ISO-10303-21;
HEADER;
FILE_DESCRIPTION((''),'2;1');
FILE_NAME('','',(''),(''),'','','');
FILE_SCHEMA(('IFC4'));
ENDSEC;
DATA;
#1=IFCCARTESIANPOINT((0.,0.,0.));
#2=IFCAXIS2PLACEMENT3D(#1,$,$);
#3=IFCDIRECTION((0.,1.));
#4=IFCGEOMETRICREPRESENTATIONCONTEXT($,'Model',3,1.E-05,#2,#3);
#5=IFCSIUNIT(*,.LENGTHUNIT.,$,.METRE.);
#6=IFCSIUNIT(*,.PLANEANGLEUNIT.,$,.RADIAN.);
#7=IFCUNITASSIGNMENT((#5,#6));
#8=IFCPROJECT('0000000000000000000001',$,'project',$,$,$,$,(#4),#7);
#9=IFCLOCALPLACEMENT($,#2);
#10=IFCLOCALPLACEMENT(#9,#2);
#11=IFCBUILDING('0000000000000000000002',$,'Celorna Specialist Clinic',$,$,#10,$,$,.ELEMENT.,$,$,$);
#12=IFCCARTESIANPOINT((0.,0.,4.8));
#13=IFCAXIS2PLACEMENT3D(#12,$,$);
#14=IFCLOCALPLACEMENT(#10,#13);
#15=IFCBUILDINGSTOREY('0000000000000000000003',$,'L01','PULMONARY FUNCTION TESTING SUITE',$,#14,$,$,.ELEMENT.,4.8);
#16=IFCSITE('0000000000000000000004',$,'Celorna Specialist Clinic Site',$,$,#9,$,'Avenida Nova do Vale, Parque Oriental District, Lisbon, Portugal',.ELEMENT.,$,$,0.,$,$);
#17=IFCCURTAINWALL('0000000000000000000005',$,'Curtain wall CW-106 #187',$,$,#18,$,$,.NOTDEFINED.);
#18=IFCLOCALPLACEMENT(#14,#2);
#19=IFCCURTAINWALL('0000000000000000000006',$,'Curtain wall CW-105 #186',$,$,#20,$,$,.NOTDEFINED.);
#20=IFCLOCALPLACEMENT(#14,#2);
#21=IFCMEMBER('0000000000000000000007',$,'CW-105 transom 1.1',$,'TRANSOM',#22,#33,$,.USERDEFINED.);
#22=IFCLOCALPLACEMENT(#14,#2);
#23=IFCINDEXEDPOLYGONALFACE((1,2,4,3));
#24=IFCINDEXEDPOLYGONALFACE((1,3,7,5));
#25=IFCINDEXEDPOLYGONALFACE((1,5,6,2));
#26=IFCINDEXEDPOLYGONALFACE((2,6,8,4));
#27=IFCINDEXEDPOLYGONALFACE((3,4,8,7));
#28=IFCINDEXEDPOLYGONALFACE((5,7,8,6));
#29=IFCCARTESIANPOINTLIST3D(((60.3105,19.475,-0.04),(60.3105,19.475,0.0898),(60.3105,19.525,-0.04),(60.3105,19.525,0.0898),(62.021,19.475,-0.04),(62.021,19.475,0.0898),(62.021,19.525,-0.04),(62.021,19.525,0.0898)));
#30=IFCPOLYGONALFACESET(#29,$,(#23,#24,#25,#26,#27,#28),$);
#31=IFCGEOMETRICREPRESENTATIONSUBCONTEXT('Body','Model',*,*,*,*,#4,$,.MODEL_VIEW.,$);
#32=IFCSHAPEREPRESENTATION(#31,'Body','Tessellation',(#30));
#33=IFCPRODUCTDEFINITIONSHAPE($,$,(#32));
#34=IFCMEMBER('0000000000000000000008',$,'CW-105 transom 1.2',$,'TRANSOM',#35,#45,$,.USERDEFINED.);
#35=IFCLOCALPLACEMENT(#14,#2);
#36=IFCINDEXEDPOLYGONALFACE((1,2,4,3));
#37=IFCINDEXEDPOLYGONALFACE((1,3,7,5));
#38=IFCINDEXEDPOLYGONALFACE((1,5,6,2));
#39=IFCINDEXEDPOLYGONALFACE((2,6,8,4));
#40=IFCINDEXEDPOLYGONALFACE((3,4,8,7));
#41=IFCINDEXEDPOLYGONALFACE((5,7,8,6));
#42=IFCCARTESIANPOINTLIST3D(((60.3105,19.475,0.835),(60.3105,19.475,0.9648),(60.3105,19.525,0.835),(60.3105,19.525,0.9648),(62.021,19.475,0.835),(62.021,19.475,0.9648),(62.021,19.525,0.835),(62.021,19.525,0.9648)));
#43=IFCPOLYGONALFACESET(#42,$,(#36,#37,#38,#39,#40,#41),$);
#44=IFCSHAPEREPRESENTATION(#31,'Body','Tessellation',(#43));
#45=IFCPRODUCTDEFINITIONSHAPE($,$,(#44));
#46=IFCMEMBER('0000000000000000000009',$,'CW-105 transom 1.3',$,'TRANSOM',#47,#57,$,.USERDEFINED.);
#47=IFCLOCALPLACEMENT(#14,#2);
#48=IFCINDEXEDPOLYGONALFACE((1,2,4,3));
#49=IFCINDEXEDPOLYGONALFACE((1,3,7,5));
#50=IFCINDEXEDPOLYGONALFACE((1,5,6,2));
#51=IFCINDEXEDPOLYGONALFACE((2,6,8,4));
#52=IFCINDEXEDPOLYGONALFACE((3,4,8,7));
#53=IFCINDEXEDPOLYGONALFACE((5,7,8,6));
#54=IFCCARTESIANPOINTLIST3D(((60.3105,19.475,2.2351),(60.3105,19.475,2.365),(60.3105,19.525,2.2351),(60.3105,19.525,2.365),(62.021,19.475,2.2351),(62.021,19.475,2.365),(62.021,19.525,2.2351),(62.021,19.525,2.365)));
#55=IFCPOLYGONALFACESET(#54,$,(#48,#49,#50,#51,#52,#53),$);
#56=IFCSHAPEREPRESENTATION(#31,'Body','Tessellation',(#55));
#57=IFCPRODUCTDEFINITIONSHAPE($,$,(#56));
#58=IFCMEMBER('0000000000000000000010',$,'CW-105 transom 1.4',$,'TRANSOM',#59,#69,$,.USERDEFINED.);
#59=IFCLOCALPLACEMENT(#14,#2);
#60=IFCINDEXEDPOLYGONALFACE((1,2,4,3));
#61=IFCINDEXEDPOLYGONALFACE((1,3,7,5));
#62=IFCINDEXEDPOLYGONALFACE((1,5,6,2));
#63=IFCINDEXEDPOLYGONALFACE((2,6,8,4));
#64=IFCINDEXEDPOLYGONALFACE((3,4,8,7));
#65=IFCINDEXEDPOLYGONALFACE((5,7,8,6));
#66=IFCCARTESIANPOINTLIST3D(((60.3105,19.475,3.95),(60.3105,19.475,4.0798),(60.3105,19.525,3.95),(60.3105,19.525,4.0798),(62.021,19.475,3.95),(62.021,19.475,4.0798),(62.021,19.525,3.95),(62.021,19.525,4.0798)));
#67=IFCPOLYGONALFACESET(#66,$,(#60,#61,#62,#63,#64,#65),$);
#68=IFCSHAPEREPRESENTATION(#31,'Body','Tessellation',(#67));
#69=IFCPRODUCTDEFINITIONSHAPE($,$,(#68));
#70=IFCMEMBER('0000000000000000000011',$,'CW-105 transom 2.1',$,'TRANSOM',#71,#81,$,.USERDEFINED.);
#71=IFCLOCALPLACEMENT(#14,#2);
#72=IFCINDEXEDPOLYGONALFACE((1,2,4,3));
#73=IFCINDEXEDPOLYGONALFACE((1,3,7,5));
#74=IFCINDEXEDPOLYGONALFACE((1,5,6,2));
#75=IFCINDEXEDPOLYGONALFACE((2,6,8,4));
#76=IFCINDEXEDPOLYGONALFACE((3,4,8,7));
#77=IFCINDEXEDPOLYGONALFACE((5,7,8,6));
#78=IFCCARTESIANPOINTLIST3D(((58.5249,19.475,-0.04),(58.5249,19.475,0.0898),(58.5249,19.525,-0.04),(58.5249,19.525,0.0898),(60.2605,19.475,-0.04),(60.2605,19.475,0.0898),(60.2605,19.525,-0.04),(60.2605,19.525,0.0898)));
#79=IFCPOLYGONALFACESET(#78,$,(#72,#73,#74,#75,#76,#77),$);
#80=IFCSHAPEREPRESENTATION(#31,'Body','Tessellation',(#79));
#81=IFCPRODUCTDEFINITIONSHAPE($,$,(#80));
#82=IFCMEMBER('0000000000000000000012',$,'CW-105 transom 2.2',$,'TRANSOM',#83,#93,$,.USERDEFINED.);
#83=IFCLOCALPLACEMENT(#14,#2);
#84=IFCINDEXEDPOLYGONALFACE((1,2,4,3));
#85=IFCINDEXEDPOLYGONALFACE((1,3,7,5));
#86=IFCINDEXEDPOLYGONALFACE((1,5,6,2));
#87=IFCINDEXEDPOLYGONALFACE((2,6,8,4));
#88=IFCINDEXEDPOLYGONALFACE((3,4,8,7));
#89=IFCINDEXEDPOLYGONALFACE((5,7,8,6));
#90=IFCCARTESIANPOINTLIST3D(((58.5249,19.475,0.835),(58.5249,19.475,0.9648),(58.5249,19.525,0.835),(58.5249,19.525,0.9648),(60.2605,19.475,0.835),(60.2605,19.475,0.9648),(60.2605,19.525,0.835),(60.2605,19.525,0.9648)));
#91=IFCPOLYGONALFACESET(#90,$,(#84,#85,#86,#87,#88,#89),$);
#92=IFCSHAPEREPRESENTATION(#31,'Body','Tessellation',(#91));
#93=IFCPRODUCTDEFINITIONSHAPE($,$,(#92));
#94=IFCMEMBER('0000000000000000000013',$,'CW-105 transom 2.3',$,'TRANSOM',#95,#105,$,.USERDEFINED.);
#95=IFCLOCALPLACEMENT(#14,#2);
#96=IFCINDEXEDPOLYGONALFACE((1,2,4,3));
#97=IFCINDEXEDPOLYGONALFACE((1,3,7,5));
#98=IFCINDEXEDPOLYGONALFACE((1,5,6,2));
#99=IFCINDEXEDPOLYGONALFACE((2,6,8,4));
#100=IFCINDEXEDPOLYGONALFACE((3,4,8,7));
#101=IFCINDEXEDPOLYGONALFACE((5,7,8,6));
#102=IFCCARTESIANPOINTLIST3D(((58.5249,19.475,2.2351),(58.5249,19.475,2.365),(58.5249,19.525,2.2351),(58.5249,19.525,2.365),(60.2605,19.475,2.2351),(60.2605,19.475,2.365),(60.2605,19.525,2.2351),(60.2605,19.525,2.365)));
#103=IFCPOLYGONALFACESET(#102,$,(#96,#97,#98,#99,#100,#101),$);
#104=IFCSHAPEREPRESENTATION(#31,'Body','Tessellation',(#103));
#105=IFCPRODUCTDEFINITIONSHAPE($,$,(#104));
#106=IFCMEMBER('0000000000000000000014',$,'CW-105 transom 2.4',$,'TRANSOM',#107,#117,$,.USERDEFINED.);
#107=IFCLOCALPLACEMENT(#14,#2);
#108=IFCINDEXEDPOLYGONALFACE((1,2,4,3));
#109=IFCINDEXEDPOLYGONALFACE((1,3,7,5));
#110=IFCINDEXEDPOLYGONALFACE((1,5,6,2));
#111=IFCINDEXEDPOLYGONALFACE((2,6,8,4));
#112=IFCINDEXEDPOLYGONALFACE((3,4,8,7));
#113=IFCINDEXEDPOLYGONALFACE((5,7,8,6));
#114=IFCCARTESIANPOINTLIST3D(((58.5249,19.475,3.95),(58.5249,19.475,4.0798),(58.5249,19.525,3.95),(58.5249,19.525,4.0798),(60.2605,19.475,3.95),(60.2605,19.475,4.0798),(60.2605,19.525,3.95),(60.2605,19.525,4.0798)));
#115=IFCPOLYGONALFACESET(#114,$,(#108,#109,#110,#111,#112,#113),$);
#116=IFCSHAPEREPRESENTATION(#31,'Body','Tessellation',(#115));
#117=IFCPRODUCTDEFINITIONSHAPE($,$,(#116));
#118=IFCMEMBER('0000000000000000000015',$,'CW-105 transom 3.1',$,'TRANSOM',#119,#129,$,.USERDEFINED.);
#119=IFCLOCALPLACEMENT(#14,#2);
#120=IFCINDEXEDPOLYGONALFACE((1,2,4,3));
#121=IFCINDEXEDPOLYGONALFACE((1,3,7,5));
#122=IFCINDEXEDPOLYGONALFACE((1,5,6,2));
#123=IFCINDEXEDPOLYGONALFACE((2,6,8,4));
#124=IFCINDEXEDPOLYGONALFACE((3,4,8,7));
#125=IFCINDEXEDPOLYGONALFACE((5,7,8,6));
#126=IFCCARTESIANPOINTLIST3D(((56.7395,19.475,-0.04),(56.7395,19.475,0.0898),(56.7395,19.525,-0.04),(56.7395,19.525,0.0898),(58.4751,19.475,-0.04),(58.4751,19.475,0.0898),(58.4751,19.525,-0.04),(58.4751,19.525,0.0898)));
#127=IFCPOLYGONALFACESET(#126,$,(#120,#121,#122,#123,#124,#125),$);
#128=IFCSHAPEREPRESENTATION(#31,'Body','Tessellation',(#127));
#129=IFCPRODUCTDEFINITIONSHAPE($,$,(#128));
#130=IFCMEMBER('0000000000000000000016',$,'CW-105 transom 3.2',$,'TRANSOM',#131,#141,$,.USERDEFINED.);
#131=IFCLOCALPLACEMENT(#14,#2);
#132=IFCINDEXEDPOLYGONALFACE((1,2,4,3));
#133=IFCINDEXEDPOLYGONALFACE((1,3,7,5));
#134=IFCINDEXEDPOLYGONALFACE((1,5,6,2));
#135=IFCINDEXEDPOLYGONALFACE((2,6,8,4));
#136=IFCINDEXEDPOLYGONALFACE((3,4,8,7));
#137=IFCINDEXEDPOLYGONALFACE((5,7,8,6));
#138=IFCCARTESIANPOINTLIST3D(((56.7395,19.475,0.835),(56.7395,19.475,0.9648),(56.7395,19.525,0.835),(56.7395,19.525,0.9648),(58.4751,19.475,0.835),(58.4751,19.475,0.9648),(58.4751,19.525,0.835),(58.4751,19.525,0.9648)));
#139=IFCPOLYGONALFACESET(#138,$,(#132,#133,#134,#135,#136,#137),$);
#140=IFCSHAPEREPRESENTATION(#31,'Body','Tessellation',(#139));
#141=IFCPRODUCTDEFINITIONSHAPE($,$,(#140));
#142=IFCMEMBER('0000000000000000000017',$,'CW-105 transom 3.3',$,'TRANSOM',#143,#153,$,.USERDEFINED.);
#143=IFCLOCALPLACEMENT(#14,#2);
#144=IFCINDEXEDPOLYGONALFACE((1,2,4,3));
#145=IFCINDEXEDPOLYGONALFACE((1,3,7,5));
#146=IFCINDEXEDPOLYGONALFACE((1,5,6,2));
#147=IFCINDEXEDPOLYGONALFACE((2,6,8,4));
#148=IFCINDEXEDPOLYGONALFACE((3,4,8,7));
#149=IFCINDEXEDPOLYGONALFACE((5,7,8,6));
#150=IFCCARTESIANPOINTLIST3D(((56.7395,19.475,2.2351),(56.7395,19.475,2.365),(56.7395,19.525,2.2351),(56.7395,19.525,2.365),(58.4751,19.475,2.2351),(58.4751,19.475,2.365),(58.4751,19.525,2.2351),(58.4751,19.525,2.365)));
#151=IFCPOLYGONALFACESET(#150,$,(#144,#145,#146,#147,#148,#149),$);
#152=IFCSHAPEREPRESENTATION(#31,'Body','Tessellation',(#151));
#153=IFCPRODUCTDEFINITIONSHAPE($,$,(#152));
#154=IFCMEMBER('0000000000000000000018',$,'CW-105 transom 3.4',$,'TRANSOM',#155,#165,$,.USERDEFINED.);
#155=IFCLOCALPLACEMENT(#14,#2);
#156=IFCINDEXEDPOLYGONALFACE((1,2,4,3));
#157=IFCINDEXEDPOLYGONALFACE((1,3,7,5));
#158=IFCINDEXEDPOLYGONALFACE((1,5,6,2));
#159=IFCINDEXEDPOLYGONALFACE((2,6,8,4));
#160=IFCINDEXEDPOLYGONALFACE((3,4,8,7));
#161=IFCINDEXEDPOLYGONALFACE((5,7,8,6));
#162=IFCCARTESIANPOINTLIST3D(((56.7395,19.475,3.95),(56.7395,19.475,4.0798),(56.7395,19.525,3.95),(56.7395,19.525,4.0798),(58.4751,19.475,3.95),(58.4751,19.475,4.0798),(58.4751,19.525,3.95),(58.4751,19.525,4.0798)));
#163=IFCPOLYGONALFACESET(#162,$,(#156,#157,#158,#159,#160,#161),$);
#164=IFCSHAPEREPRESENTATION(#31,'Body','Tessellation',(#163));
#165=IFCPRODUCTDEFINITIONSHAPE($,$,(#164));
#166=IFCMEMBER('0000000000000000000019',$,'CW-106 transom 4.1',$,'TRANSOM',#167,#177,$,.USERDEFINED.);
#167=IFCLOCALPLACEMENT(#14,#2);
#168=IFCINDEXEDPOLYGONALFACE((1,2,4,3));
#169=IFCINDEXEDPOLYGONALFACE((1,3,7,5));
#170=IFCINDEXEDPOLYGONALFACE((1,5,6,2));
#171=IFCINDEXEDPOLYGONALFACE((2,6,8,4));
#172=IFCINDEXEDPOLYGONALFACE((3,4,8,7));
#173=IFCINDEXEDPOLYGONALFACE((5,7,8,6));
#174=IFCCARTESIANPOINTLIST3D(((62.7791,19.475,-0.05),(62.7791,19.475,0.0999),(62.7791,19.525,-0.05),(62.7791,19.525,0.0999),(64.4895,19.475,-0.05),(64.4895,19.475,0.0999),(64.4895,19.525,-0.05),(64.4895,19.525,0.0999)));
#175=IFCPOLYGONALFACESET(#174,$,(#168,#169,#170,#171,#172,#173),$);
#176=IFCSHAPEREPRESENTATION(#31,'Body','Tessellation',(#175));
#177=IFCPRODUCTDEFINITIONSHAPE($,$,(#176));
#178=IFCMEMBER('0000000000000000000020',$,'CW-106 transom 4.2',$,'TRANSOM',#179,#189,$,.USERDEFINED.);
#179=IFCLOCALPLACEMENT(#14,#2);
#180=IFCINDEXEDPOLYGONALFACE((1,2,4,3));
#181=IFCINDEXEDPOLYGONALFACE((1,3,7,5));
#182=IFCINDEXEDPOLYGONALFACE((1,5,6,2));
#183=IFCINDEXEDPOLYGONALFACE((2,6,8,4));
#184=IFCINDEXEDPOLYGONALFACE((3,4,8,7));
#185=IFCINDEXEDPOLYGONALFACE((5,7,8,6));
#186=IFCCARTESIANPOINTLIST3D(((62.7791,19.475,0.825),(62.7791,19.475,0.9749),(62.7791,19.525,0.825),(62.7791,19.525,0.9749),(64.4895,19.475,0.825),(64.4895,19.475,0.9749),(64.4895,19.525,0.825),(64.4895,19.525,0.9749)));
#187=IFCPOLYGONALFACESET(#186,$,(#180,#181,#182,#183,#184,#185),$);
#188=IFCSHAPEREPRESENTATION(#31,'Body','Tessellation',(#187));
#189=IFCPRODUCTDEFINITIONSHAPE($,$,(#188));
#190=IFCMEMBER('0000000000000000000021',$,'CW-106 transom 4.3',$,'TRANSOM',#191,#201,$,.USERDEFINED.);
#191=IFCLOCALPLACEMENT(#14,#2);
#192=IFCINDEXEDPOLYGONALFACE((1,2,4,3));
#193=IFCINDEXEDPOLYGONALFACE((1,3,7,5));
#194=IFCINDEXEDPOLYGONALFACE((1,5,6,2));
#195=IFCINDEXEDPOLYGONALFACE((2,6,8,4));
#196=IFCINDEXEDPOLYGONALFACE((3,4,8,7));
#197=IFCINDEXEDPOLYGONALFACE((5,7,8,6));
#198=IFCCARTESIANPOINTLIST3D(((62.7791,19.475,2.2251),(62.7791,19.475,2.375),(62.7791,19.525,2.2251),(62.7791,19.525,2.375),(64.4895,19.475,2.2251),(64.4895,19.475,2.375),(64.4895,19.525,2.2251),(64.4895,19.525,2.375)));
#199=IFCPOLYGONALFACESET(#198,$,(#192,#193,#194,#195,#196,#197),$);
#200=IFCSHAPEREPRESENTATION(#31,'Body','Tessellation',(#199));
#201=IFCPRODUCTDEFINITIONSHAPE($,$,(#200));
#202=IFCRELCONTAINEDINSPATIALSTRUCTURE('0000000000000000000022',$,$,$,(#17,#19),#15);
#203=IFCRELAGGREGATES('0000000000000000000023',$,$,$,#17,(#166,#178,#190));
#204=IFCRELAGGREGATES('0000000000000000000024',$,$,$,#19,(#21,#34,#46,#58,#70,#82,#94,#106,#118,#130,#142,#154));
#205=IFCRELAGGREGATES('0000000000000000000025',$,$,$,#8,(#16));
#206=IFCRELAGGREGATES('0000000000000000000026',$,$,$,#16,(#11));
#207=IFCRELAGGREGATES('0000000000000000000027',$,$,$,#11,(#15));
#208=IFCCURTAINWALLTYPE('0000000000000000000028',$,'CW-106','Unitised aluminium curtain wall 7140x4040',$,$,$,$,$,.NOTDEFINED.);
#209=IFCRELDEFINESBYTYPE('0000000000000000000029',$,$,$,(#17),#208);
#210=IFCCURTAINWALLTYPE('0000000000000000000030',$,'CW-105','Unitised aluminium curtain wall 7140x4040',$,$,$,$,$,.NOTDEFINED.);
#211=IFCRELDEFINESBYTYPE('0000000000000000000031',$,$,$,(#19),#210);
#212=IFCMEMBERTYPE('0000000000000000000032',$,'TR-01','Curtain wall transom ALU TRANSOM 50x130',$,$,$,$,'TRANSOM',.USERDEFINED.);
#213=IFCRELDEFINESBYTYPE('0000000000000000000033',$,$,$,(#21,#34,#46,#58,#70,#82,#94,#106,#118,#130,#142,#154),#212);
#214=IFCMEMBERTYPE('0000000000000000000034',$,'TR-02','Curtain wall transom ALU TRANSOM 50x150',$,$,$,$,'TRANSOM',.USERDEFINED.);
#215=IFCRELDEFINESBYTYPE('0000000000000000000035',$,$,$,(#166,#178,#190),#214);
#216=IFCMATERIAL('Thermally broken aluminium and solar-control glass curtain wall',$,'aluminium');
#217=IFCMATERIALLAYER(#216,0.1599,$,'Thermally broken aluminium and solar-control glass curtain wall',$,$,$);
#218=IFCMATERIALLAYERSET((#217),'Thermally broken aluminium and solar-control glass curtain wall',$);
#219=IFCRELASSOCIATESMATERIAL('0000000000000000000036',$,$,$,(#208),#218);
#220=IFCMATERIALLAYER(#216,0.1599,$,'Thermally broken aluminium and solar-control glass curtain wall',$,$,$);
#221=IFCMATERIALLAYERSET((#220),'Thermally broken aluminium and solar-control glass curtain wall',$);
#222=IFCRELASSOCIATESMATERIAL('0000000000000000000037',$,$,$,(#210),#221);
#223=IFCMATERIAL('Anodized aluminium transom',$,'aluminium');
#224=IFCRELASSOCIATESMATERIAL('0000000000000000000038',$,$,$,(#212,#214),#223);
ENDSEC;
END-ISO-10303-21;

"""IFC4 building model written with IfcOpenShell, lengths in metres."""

from ifc_helpers import new_model, si_unit, direction, frame, origin, origin_2d, place, context, subcontext, project, spatial, rectangle, extrude, material, layer, layer_set, material_profile, profile_set, type_object, element, aggregate, save


model = new_model("IFC4")

# Units and contexts
model_context = context("Model", 3, precision=1e-05, world=origin(), true_north=direction((0.0, 1.0)))
body_context = subcontext(model_context, "Body", "Model", "MODEL_VIEW")
ifc_project = project(units=[si_unit("LENGTHUNIT", "METRE"), si_unit("PLANEANGLEUNIT", "RADIAN")], contexts=[model_context])

# Site, building, storey
site_placement = place(None, origin())
site = spatial("IfcSite", under=ifc_project, at=site_placement, Name="Celorna Specialist Clinic Site", LongName="Avenida Nova do Vale, Parque Oriental District, Lisbon, Portugal", CompositionType="ELEMENT", RefElevation=0.0)
building_placement = place(site_placement, origin())
building = spatial("IfcBuilding", under=site, at=building_placement, Name="Celorna Specialist Clinic", CompositionType="ELEMENT")
storey_placement = place(building_placement, frame((0.0, 0.0, 4.8)))
storey = spatial("IfcBuildingStorey", under=building, at=storey_placement, Name="L01", Description="PULMONARY FUNCTION TESTING SUITE", CompositionType="ELEMENT", Elevation=4.8)

# Curtain wall
ifc_material_1 = material(Name="Thermally broken aluminium and solar-control glass curtain wall", Category="aluminium")
ifc_layer_1 = layer(ifc_material_1, 0.1599, Name="Thermally broken aluminium and solar-control glass curtain wall")
ifc_layer_set_1 = layer_set([ifc_layer_1], Name="Thermally broken aluminium and solar-control glass curtain wall")
curtain_wall_type_1 = type_object("IfcCurtainWallType", Name="CW-106", Description="Unitised aluminium curtain wall 7140x4040", PredefinedType="NOTDEFINED", material=ifc_layer_set_1)
curtain_wall_1_placement = place(storey_placement, origin())
curtain_wall_1 = element("IfcCurtainWall", 1, at=curtain_wall_1_placement, inside=storey, type_object=curtain_wall_type_1, Name="Curtain wall CW-106 #187", PredefinedType="NOTDEFINED")

# Curtain wall, members
ifc_layer_2 = layer(ifc_material_1, 0.1599, Name="Thermally broken aluminium and solar-control glass curtain wall")
ifc_layer_set_2 = layer_set([ifc_layer_2], Name="Thermally broken aluminium and solar-control glass curtain wall")
curtain_wall_type_2 = type_object("IfcCurtainWallType", Name="CW-105", Description="Unitised aluminium curtain wall 7140x4040", PredefinedType="NOTDEFINED", material=ifc_layer_set_2)
curtain_wall_2_placement = place(storey_placement, origin())
curtain_wall_2 = element("IfcCurtainWall", 2, at=curtain_wall_2_placement, inside=storey, type_object=curtain_wall_type_2, Name="Curtain wall CW-105 #186", PredefinedType="NOTDEFINED")
ifc_material_2 = material(Name="Anodized aluminium transom", Category="aluminium")
ifc_material_profile_1 = material_profile(ifc_material_2, rectangle(XDim=0.05, YDim=0.1299, at=origin_2d()), Name="ALU TRANSOM 50x130")
ifc_profile_set_1 = profile_set([ifc_material_profile_1], Name="Anodized aluminium transom")
member_type_1 = type_object("IfcMemberType", Name="TR-01", Description="Curtain wall transom ALU TRANSOM 50x130", ElementType="TRANSOM", PredefinedType="USERDEFINED", material=ifc_profile_set_1)
member_1_placement = place(storey_placement, frame((62.021, 19.5, 0.0249), z_axis=(-1.0, 0.0, 0.0), x_axis=(0.0, -1.0, 0.0)))
member_1 = element("IfcMember", 3, at=member_1_placement, type_object=member_type_1, Name="CW-105 transom 1.1", ObjectType="TRANSOM", PredefinedType="USERDEFINED", context=body_context, shape_type="SweptSolid", body=[
    extrude(rectangle(XDim=0.05, YDim=0.1299, at=origin_2d()), origin(), (0.0, 0.0, 1.0), 1.7104),
])
member_2_placement = place(storey_placement, frame((62.021, 19.5, 0.8999), z_axis=(-1.0, 0.0, 0.0), x_axis=(0.0, -1.0, 0.0)))
member_2 = element("IfcMember", 4, at=member_2_placement, type_object=member_type_1, Name="CW-105 transom 1.2", ObjectType="TRANSOM", PredefinedType="USERDEFINED", context=body_context, shape_type="SweptSolid", body=[
    extrude(rectangle(XDim=0.05, YDim=0.1299, at=origin_2d()), origin(), (0.0, 0.0, 1.0), 1.7104),
])
member_3_placement = place(storey_placement, frame((62.021, 19.5, 2.3), z_axis=(-1.0, 0.0, 0.0), x_axis=(0.0, -1.0, 0.0)))
member_3 = element("IfcMember", 5, at=member_3_placement, type_object=member_type_1, Name="CW-105 transom 1.3", ObjectType="TRANSOM", PredefinedType="USERDEFINED", context=body_context, shape_type="SweptSolid", body=[
    extrude(rectangle(XDim=0.05, YDim=0.1299, at=origin_2d()), origin(), (0.0, 0.0, 1.0), 1.7104),
])
member_4_placement = place(storey_placement, frame((62.021, 19.5, 4.0149), z_axis=(-1.0, 0.0, 0.0), x_axis=(0.0, -1.0, 0.0)))
member_4 = element("IfcMember", 6, at=member_4_placement, type_object=member_type_1, Name="CW-105 transom 1.4", ObjectType="TRANSOM", PredefinedType="USERDEFINED", context=body_context, shape_type="SweptSolid", body=[
    extrude(rectangle(XDim=0.05, YDim=0.1299, at=origin_2d()), origin(), (0.0, 0.0, 1.0), 1.7104),
])
member_5_placement = place(storey_placement, frame((60.2605, 19.5, 0.0249), z_axis=(-1.0, 0.0, 0.0), x_axis=(0.0, -1.0, 0.0)))
member_5 = element("IfcMember", 7, at=member_5_placement, type_object=member_type_1, Name="CW-105 transom 2.1", ObjectType="TRANSOM", PredefinedType="USERDEFINED", context=body_context, shape_type="SweptSolid", body=[
    extrude(rectangle(XDim=0.05, YDim=0.1299, at=origin_2d()), origin(), (0.0, 0.0, 1.0), 1.7356),
])
member_6_placement = place(storey_placement, frame((60.2605, 19.5, 0.8999), z_axis=(-1.0, 0.0, 0.0), x_axis=(0.0, -1.0, 0.0)))
member_6 = element("IfcMember", 8, at=member_6_placement, type_object=member_type_1, Name="CW-105 transom 2.2", ObjectType="TRANSOM", PredefinedType="USERDEFINED", context=body_context, shape_type="SweptSolid", body=[
    extrude(rectangle(XDim=0.05, YDim=0.1299, at=origin_2d()), origin(), (0.0, 0.0, 1.0), 1.7356),
])
member_7_placement = place(storey_placement, frame((60.2605, 19.5, 2.3), z_axis=(-1.0, 0.0, 0.0), x_axis=(0.0, -1.0, 0.0)))
member_7 = element("IfcMember", 9, at=member_7_placement, type_object=member_type_1, Name="CW-105 transom 2.3", ObjectType="TRANSOM", PredefinedType="USERDEFINED", context=body_context, shape_type="SweptSolid", body=[
    extrude(rectangle(XDim=0.05, YDim=0.1299, at=origin_2d()), origin(), (0.0, 0.0, 1.0), 1.7356),
])
member_8_placement = place(storey_placement, frame((60.2605, 19.5, 4.0149), z_axis=(-1.0, 0.0, 0.0), x_axis=(0.0, -1.0, 0.0)))
member_8 = element("IfcMember", 10, at=member_8_placement, type_object=member_type_1, Name="CW-105 transom 2.4", ObjectType="TRANSOM", PredefinedType="USERDEFINED", context=body_context, shape_type="SweptSolid", body=[
    extrude(rectangle(XDim=0.05, YDim=0.1299, at=origin_2d()), origin(), (0.0, 0.0, 1.0), 1.7356),
])
member_9_placement = place(storey_placement, frame((58.4751, 19.5, 0.0249), z_axis=(-1.0, 0.0, 0.0), x_axis=(0.0, -1.0, 0.0)))
member_9 = element("IfcMember", 11, at=member_9_placement, type_object=member_type_1, Name="CW-105 transom 3.1", ObjectType="TRANSOM", PredefinedType="USERDEFINED", context=body_context, shape_type="SweptSolid", body=[
    extrude(rectangle(XDim=0.05, YDim=0.1299, at=origin_2d()), origin(), (0.0, 0.0, 1.0), 1.7356),
])
member_10_placement = place(storey_placement, frame((58.4751, 19.5, 0.8999), z_axis=(-1.0, 0.0, 0.0), x_axis=(0.0, -1.0, 0.0)))
member_10 = element("IfcMember", 12, at=member_10_placement, type_object=member_type_1, Name="CW-105 transom 3.2", ObjectType="TRANSOM", PredefinedType="USERDEFINED", context=body_context, shape_type="SweptSolid", body=[
    extrude(rectangle(XDim=0.05, YDim=0.1299, at=origin_2d()), origin(), (0.0, 0.0, 1.0), 1.7356),
])
member_11_placement = place(storey_placement, frame((58.4751, 19.5, 2.3), z_axis=(-1.0, 0.0, 0.0), x_axis=(0.0, -1.0, 0.0)))
member_11 = element("IfcMember", 13, at=member_11_placement, type_object=member_type_1, Name="CW-105 transom 3.3", ObjectType="TRANSOM", PredefinedType="USERDEFINED", context=body_context, shape_type="SweptSolid", body=[
    extrude(rectangle(XDim=0.05, YDim=0.1299, at=origin_2d()), origin(), (0.0, 0.0, 1.0), 1.7356),
])
member_12_placement = place(storey_placement, frame((58.4751, 19.5, 4.0149), z_axis=(-1.0, 0.0, 0.0), x_axis=(0.0, -1.0, 0.0)))
member_12 = element("IfcMember", 14, at=member_12_placement, type_object=member_type_1, Name="CW-105 transom 3.4", ObjectType="TRANSOM", PredefinedType="USERDEFINED", context=body_context, shape_type="SweptSolid", body=[
    extrude(rectangle(XDim=0.05, YDim=0.1299, at=origin_2d()), origin(), (0.0, 0.0, 1.0), 1.7356),
])

# Members
ifc_material_profile_2 = material_profile(ifc_material_2, rectangle(XDim=0.05, YDim=0.1499, at=origin_2d()), Name="ALU TRANSOM 50x150")
ifc_profile_set_2 = profile_set([ifc_material_profile_2], Name="Anodized aluminium transom")
member_type_2 = type_object("IfcMemberType", Name="TR-02", Description="Curtain wall transom ALU TRANSOM 50x150", ElementType="TRANSOM", PredefinedType="USERDEFINED", material=ifc_profile_set_2)
member_13_placement = place(storey_placement, frame((64.4895, 19.5, 0.0249), z_axis=(-1.0, 0.0, 0.0), x_axis=(0.0, -1.0, 0.0)))
member_13 = element("IfcMember", 15, at=member_13_placement, type_object=member_type_2, Name="CW-106 transom 4.1", ObjectType="TRANSOM", PredefinedType="USERDEFINED", context=body_context, shape_type="SweptSolid", body=[
    extrude(rectangle(XDim=0.05, YDim=0.1499, at=origin_2d()), origin(), (0.0, 0.0, 1.0), 1.7104),
])
member_14_placement = place(storey_placement, frame((64.4895, 19.5, 0.8999), z_axis=(-1.0, 0.0, 0.0), x_axis=(0.0, -1.0, 0.0)))
member_14 = element("IfcMember", 16, at=member_14_placement, type_object=member_type_2, Name="CW-106 transom 4.2", ObjectType="TRANSOM", PredefinedType="USERDEFINED", context=body_context, shape_type="SweptSolid", body=[
    extrude(rectangle(XDim=0.05, YDim=0.1499, at=origin_2d()), origin(), (0.0, 0.0, 1.0), 1.7104),
])
member_15_placement = place(storey_placement, frame((64.4895, 19.5, 2.3), z_axis=(-1.0, 0.0, 0.0), x_axis=(0.0, -1.0, 0.0)))
member_15 = element("IfcMember", 17, at=member_15_placement, type_object=member_type_2, Name="CW-106 transom 4.3", ObjectType="TRANSOM", PredefinedType="USERDEFINED", context=body_context, shape_type="SweptSolid", body=[
    extrude(rectangle(XDim=0.05, YDim=0.1499, at=origin_2d()), origin(), (0.0, 0.0, 1.0), 1.7104),
])

aggregate(curtain_wall_1, [member_13, member_14, member_15])
aggregate(curtain_wall_2, [member_1, member_2, member_3, member_4, member_5, member_6, member_7, member_8, member_9, member_10, member_11, member_12])

save(model, "model.ifc")
